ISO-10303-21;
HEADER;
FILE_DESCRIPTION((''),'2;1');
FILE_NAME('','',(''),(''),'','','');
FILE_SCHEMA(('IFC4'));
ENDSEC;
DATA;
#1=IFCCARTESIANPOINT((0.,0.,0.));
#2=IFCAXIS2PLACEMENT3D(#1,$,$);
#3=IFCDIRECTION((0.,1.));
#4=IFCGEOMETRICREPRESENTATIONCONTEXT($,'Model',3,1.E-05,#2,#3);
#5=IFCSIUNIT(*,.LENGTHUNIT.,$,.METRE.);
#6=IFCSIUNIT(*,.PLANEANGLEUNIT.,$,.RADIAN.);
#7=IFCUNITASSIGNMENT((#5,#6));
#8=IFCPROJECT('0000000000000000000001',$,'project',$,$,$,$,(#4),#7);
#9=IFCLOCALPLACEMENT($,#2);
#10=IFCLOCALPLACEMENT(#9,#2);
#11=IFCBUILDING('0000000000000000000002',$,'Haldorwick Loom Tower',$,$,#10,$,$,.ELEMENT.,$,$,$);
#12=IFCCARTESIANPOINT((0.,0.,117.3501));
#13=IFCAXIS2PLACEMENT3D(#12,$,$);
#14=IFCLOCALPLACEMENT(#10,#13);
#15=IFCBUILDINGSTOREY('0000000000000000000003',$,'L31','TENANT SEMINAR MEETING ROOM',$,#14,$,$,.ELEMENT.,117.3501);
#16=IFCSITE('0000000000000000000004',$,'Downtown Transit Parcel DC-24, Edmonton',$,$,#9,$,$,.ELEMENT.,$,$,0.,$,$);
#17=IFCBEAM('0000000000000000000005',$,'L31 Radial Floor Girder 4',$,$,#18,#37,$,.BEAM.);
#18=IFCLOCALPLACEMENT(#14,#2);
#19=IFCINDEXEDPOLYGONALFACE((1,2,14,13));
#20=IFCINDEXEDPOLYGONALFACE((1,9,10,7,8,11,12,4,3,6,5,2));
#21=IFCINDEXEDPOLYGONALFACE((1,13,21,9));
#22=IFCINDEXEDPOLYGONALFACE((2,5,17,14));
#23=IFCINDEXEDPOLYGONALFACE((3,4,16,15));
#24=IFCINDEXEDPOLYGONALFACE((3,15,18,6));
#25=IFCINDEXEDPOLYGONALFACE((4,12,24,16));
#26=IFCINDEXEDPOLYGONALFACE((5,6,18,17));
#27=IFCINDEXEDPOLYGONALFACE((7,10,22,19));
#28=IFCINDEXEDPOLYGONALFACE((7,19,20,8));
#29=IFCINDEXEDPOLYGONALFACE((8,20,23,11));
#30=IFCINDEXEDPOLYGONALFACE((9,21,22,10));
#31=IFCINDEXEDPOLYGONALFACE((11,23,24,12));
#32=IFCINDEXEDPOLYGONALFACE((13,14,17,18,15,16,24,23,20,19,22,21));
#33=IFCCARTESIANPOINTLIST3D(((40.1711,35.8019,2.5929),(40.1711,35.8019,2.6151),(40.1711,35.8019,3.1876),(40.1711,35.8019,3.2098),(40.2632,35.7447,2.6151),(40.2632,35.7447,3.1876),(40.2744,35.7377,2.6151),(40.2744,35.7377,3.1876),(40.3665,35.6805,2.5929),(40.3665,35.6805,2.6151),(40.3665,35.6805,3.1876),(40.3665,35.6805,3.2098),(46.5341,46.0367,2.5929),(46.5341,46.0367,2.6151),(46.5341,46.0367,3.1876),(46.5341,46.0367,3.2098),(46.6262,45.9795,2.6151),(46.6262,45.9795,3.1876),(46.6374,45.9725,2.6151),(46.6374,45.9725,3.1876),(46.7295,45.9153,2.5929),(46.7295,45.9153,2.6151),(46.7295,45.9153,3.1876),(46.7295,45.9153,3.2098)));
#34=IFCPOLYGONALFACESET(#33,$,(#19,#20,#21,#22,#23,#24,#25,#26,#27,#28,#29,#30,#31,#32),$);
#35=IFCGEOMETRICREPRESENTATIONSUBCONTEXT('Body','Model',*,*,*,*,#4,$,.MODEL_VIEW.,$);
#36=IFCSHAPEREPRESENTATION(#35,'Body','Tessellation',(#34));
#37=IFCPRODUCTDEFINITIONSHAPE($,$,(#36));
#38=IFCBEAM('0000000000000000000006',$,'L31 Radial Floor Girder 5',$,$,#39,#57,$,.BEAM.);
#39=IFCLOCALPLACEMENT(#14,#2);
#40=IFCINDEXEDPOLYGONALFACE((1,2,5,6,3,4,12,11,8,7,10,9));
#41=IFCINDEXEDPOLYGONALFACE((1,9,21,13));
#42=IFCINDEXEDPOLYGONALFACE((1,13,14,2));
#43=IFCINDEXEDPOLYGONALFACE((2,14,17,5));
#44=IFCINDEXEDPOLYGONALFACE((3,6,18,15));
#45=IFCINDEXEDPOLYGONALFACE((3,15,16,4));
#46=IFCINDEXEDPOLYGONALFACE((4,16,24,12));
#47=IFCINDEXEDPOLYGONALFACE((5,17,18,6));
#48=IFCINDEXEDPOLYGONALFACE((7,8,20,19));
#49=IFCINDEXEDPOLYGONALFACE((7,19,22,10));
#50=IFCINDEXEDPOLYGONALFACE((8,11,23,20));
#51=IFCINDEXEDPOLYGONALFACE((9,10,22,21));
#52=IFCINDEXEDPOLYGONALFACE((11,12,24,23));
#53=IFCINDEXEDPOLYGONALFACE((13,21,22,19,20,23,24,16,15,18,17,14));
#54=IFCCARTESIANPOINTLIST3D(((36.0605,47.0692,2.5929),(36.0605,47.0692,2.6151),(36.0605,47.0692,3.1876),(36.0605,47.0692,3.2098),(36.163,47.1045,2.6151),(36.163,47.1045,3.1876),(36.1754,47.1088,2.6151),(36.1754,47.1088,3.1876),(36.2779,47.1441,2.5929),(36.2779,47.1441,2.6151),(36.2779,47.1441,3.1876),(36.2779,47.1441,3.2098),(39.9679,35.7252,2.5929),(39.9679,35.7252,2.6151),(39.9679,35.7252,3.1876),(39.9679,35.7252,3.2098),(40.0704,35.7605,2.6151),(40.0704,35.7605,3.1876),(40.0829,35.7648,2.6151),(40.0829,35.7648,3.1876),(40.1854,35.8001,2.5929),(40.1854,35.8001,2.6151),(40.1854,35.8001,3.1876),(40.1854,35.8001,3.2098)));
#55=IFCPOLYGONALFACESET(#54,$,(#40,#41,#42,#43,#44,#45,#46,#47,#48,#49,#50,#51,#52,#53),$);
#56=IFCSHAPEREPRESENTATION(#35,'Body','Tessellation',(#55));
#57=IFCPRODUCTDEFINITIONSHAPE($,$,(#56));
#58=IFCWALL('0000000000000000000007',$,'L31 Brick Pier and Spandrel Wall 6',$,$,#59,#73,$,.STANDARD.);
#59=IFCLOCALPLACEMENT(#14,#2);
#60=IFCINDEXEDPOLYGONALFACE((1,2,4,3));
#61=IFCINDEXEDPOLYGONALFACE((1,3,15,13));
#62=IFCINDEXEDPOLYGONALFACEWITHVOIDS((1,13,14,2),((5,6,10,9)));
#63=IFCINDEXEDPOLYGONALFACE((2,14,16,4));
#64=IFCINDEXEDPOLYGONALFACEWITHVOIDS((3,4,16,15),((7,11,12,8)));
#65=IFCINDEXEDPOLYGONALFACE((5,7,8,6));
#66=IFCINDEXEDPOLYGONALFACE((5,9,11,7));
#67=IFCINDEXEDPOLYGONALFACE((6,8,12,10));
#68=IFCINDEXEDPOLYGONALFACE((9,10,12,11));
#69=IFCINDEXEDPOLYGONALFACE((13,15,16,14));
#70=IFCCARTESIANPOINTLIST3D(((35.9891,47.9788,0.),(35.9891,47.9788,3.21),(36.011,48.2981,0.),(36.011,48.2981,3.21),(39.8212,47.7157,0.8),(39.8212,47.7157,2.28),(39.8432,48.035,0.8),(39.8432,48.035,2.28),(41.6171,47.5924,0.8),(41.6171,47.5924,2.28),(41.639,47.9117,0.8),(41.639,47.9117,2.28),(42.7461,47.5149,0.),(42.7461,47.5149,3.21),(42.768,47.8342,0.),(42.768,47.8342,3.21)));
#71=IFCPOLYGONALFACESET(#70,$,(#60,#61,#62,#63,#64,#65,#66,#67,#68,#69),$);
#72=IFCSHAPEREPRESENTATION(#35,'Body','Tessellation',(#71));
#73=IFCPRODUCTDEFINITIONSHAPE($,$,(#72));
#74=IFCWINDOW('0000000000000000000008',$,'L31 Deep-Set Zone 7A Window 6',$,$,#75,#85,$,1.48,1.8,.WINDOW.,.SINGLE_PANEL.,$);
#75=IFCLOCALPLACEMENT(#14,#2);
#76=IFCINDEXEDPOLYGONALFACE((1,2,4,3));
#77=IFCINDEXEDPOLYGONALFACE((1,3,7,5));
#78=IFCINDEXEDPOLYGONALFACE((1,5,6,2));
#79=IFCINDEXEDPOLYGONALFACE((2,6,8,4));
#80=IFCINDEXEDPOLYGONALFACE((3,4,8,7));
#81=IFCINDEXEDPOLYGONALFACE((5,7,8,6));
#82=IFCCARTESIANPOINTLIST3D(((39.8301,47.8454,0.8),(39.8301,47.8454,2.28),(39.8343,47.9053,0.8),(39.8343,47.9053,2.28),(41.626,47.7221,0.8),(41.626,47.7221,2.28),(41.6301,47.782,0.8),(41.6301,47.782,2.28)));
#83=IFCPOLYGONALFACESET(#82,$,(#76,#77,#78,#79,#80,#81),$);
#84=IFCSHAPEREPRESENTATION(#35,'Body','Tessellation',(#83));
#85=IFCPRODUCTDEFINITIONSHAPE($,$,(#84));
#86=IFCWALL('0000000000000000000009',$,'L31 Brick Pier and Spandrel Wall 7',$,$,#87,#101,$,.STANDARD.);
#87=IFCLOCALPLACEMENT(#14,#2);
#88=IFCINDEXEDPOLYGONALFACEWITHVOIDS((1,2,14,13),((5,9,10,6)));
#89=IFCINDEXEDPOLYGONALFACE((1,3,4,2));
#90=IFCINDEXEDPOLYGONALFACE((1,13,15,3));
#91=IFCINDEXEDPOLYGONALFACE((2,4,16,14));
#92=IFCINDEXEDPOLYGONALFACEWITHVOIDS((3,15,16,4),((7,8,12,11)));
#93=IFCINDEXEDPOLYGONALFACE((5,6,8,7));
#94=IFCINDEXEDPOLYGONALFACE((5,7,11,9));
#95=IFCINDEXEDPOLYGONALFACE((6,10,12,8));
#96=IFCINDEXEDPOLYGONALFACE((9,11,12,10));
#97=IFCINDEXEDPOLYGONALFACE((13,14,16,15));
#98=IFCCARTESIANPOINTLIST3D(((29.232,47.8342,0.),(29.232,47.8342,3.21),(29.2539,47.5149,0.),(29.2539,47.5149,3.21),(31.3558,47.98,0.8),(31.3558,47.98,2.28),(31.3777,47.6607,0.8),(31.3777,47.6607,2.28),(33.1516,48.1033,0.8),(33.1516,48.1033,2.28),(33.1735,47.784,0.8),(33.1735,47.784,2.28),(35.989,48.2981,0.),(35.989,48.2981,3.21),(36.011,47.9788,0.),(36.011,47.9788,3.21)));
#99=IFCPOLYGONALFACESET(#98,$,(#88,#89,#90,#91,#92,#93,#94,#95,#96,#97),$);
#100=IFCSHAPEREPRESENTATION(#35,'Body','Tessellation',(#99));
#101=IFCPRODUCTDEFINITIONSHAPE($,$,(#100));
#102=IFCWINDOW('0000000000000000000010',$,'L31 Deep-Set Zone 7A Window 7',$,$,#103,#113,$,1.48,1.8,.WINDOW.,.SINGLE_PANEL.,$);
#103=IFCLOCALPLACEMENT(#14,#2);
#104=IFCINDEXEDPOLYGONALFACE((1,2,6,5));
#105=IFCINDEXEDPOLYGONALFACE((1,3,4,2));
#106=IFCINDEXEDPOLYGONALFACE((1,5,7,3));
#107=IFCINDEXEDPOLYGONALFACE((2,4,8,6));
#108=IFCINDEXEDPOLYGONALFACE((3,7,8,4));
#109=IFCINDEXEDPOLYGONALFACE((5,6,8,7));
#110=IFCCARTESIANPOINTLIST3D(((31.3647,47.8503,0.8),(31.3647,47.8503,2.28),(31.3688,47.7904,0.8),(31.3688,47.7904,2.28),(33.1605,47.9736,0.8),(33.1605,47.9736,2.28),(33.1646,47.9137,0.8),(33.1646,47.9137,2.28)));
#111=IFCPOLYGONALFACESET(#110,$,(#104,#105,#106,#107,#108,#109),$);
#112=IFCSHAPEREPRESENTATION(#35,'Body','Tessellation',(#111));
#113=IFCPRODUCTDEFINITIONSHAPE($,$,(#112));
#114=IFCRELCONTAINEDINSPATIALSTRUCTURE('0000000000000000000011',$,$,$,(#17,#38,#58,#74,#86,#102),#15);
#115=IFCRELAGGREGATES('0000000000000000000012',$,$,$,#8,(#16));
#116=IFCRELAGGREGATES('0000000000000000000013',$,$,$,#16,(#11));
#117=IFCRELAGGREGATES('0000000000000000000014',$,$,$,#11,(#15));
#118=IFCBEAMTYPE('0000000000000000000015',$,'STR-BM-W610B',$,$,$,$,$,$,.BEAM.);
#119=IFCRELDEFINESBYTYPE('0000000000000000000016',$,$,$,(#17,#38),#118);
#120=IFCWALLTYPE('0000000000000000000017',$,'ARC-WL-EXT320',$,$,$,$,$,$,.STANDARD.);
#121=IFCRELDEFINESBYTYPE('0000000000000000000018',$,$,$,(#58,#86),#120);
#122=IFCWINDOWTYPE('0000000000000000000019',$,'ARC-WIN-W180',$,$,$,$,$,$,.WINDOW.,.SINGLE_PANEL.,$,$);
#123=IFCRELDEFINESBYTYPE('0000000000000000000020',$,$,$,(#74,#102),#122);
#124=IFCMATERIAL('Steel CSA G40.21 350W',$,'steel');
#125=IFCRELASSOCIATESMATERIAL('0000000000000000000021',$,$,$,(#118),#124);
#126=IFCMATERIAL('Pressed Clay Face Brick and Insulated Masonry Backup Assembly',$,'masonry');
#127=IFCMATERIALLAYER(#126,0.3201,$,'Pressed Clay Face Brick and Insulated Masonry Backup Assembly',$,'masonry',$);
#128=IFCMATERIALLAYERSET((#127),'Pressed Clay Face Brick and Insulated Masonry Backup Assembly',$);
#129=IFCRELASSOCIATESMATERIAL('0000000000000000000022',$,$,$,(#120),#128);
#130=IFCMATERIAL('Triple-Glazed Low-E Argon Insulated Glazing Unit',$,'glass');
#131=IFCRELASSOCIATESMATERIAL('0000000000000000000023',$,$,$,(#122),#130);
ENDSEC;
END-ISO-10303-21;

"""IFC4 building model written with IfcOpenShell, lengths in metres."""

from ifc_helpers import new_model, si_unit, direction, frame, frame_2d, origin, origin_2d, place, context, subcontext, project, spatial, rectangle, i_section, extrude, material, layer, layer_set, material_profile, profile_set, type_object, element, fill, save


model = new_model("IFC4")

# Units and contexts
model_context = context("Model", 3, precision=1e-05, world=origin(), true_north=direction((0.0, 1.0)))
body_context = subcontext(model_context, "Body", "Model", "MODEL_VIEW")
ifc_project = project(units=[si_unit("LENGTHUNIT", "METRE"), si_unit("PLANEANGLEUNIT", "RADIAN")], contexts=[model_context])

# Site, building, storey
site_placement = place(None, origin())
site = spatial("IfcSite", under=ifc_project, at=site_placement, Name="Downtown Transit Parcel DC-24, Edmonton", CompositionType="ELEMENT", RefElevation=0.0)
building_placement = place(site_placement, origin())
building = spatial("IfcBuilding", under=site, at=building_placement, Name="Haldorwick Loom Tower", CompositionType="ELEMENT")
storey_placement = place(building_placement, frame((0.0, 0.0, 117.3501)))
storey = spatial("IfcBuildingStorey", under=building, at=storey_placement, Name="L31", Description="TENANT SEMINAR MEETING ROOM", CompositionType="ELEMENT", Elevation=117.3501)

# Beams
ifc_material_1 = material(Name="Steel CSA G40.21 350W", Category="steel")
ifc_material_profile_1 = material_profile(ifc_material_1, i_section(OverallWidth=0.23, OverallDepth=0.6169, WebThickness=0.0132, FlangeThickness=0.0222, at=origin_2d()), Name="W610X140", Category="steel")
ifc_profile_set_1 = profile_set([ifc_material_profile_1], Name="Steel CSA G40.21 350W")
beam_type_1 = type_object("IfcBeamType", Name="STR-BM-W610B", PredefinedType="BEAM", material=ifc_profile_set_1)
beam_1_placement = place(storey_placement, frame((40.2688, 35.7412, 2.9014), z_axis=(0.527983, 0.849255, 0.0), x_axis=(-0.849255, 0.527983, 0.0)))
element("IfcBeam", 1, at=beam_1_placement, inside=storey, type_object=beam_type_1, Name="L31 Radial Floor Girder 4", PredefinedType="BEAM", context=body_context, shape_type="SweptSolid", body=[
    extrude(i_section(OverallWidth=0.23, OverallDepth=0.6169, WebThickness=0.0132, FlangeThickness=0.0222, at=origin_2d()), origin(), (0.0, 0.0, 1.0), 12.0515),
])
beam_2_placement = place(storey_placement, frame((40.0767, 35.7627, 2.9014), z_axis=(-0.325674, 0.945482, 0.0), x_axis=(-0.945482, -0.325674, 0.0)))
element("IfcBeam", 2, at=beam_2_placement, inside=storey, type_object=beam_type_1, Name="L31 Radial Floor Girder 5", PredefinedType="BEAM", context=body_context, shape_type="SweptSolid", body=[
    extrude(i_section(OverallWidth=0.23, OverallDepth=0.6169, WebThickness=0.0132, FlangeThickness=0.0222, at=origin_2d()), origin(), (0.0, 0.0, 1.0), 11.998),
])

# Walls, openings, windows
ifc_material_2 = material(Name="Pressed Clay Face Brick and Insulated Masonry Backup Assembly", Category="masonry")
ifc_layer = layer(ifc_material_2, 0.3201, Name="Pressed Clay Face Brick and Insulated Masonry Backup Assembly", Category="masonry")
ifc_layer_set = layer_set([ifc_layer], Name="Pressed Clay Face Brick and Insulated Masonry Backup Assembly")
wall_type = type_object("IfcWallType", Name="ARC-WL-EXT320", PredefinedType="STANDARD", material=ifc_layer_set)
wall_1_placement = place(storey_placement, frame((42.7571, 47.6746, 0.0), z_axis=(0.0, 0.0, 1.0), x_axis=(-0.997652, 0.068488, 0.0)))
wall_1 = element("IfcWall", 3, at=wall_1_placement, inside=storey, type_object=wall_type, Name="L31 Brick Pier and Spandrel Wall 6", PredefinedType="STANDARD", context=body_context, shape_type="SweptSolid", body=[
    extrude(rectangle(XDim=6.7729, YDim=0.3201, at=frame_2d((3.3865, 0.0))), origin(), (0.0, 0.0, 1.0), 3.21),
])
opening_1_placement = place(wall_1_placement, frame((1.1318, 0.0, 0.8)))
opening_1 = element("IfcOpeningElement", 4, at=opening_1_placement, cuts=wall_1, PredefinedType="OPENING", context=body_context, shape_type="SweptSolid", body=[
    extrude(rectangle(XDim=1.8, YDim=1.48, at=frame_2d((0.8999, 0.74))), frame((0.0, 0.1699, 0.0), z_axis=(0.0, -1.0, 0.0), x_axis=(1.0, 0.0, 0.0)), (0.0, 0.0, 1.0), 0.3401),
])
ifc_material_3 = material(Name="Triple-Glazed Low-E Argon Insulated Glazing Unit", Category="glass")
window_type = type_object("IfcWindowType", Name="ARC-WIN-W180", PartitioningType="SINGLE_PANEL", PredefinedType="WINDOW", material=ifc_material_3)
window_1_placement = place(opening_1_placement, origin())
window_1 = element("IfcWindow", 5, at=window_1_placement, inside=storey, type_object=window_type, Name="L31 Deep-Set Zone 7A Window 6", OverallHeight=1.48, OverallWidth=1.8, PartitioningType="SINGLE_PANEL", PredefinedType="WINDOW", context=body_context, shape_type="SweptSolid", body=[
    extrude(rectangle(XDim=1.8, YDim=1.48, at=frame_2d((0.8999, 0.74))), frame((0.0, 0.03, 0.0), z_axis=(0.0, -1.0, 0.0), x_axis=(1.0, 0.0, 0.0)), (0.0, 0.0, 1.0), 0.0601),
])
fill(opening_1, window_1)
wall_2_placement = place(storey_placement, frame((36.0, 48.1384, 0.0), z_axis=(0.0, 0.0, 1.0), x_axis=(-0.997652, -0.068488, 0.0)))
wall_2 = element("IfcWall", 6, at=wall_2_placement, inside=storey, type_object=wall_type, Name="L31 Brick Pier and Spandrel Wall 7", PredefinedType="STANDARD", context=body_context, shape_type="SweptSolid", body=[
    extrude(rectangle(XDim=6.7729, YDim=0.3201, at=frame_2d((3.3865, 0.0))), origin(), (0.0, 0.0, 1.0), 3.21),
])
opening_2_placement = place(wall_2_placement, frame((2.8442, 0.0, 0.8)))
opening_2 = element("IfcOpeningElement", 7, at=opening_2_placement, cuts=wall_2, PredefinedType="OPENING", context=body_context, shape_type="SweptSolid", body=[
    extrude(rectangle(XDim=1.8, YDim=1.48, at=frame_2d((0.8999, 0.74))), frame((0.0, 0.1699, 0.0), z_axis=(0.0, -1.0, 0.0), x_axis=(1.0, 0.0, 0.0)), (0.0, 0.0, 1.0), 0.3401),
])
window_2_placement = place(opening_2_placement, origin())
window_2 = element("IfcWindow", 8, at=window_2_placement, inside=storey, type_object=window_type, Name="L31 Deep-Set Zone 7A Window 7", OverallHeight=1.48, OverallWidth=1.8, PartitioningType="SINGLE_PANEL", PredefinedType="WINDOW", context=body_context, shape_type="SweptSolid", body=[
    extrude(rectangle(XDim=1.8, YDim=1.48, at=frame_2d((0.8999, 0.74))), frame((0.0, 0.03, 0.0), z_axis=(0.0, -1.0, 0.0), x_axis=(1.0, 0.0, 0.0)), (0.0, 0.0, 1.0), 0.0601),
])
fill(opening_2, window_2)

save(model, "model.ifc")
